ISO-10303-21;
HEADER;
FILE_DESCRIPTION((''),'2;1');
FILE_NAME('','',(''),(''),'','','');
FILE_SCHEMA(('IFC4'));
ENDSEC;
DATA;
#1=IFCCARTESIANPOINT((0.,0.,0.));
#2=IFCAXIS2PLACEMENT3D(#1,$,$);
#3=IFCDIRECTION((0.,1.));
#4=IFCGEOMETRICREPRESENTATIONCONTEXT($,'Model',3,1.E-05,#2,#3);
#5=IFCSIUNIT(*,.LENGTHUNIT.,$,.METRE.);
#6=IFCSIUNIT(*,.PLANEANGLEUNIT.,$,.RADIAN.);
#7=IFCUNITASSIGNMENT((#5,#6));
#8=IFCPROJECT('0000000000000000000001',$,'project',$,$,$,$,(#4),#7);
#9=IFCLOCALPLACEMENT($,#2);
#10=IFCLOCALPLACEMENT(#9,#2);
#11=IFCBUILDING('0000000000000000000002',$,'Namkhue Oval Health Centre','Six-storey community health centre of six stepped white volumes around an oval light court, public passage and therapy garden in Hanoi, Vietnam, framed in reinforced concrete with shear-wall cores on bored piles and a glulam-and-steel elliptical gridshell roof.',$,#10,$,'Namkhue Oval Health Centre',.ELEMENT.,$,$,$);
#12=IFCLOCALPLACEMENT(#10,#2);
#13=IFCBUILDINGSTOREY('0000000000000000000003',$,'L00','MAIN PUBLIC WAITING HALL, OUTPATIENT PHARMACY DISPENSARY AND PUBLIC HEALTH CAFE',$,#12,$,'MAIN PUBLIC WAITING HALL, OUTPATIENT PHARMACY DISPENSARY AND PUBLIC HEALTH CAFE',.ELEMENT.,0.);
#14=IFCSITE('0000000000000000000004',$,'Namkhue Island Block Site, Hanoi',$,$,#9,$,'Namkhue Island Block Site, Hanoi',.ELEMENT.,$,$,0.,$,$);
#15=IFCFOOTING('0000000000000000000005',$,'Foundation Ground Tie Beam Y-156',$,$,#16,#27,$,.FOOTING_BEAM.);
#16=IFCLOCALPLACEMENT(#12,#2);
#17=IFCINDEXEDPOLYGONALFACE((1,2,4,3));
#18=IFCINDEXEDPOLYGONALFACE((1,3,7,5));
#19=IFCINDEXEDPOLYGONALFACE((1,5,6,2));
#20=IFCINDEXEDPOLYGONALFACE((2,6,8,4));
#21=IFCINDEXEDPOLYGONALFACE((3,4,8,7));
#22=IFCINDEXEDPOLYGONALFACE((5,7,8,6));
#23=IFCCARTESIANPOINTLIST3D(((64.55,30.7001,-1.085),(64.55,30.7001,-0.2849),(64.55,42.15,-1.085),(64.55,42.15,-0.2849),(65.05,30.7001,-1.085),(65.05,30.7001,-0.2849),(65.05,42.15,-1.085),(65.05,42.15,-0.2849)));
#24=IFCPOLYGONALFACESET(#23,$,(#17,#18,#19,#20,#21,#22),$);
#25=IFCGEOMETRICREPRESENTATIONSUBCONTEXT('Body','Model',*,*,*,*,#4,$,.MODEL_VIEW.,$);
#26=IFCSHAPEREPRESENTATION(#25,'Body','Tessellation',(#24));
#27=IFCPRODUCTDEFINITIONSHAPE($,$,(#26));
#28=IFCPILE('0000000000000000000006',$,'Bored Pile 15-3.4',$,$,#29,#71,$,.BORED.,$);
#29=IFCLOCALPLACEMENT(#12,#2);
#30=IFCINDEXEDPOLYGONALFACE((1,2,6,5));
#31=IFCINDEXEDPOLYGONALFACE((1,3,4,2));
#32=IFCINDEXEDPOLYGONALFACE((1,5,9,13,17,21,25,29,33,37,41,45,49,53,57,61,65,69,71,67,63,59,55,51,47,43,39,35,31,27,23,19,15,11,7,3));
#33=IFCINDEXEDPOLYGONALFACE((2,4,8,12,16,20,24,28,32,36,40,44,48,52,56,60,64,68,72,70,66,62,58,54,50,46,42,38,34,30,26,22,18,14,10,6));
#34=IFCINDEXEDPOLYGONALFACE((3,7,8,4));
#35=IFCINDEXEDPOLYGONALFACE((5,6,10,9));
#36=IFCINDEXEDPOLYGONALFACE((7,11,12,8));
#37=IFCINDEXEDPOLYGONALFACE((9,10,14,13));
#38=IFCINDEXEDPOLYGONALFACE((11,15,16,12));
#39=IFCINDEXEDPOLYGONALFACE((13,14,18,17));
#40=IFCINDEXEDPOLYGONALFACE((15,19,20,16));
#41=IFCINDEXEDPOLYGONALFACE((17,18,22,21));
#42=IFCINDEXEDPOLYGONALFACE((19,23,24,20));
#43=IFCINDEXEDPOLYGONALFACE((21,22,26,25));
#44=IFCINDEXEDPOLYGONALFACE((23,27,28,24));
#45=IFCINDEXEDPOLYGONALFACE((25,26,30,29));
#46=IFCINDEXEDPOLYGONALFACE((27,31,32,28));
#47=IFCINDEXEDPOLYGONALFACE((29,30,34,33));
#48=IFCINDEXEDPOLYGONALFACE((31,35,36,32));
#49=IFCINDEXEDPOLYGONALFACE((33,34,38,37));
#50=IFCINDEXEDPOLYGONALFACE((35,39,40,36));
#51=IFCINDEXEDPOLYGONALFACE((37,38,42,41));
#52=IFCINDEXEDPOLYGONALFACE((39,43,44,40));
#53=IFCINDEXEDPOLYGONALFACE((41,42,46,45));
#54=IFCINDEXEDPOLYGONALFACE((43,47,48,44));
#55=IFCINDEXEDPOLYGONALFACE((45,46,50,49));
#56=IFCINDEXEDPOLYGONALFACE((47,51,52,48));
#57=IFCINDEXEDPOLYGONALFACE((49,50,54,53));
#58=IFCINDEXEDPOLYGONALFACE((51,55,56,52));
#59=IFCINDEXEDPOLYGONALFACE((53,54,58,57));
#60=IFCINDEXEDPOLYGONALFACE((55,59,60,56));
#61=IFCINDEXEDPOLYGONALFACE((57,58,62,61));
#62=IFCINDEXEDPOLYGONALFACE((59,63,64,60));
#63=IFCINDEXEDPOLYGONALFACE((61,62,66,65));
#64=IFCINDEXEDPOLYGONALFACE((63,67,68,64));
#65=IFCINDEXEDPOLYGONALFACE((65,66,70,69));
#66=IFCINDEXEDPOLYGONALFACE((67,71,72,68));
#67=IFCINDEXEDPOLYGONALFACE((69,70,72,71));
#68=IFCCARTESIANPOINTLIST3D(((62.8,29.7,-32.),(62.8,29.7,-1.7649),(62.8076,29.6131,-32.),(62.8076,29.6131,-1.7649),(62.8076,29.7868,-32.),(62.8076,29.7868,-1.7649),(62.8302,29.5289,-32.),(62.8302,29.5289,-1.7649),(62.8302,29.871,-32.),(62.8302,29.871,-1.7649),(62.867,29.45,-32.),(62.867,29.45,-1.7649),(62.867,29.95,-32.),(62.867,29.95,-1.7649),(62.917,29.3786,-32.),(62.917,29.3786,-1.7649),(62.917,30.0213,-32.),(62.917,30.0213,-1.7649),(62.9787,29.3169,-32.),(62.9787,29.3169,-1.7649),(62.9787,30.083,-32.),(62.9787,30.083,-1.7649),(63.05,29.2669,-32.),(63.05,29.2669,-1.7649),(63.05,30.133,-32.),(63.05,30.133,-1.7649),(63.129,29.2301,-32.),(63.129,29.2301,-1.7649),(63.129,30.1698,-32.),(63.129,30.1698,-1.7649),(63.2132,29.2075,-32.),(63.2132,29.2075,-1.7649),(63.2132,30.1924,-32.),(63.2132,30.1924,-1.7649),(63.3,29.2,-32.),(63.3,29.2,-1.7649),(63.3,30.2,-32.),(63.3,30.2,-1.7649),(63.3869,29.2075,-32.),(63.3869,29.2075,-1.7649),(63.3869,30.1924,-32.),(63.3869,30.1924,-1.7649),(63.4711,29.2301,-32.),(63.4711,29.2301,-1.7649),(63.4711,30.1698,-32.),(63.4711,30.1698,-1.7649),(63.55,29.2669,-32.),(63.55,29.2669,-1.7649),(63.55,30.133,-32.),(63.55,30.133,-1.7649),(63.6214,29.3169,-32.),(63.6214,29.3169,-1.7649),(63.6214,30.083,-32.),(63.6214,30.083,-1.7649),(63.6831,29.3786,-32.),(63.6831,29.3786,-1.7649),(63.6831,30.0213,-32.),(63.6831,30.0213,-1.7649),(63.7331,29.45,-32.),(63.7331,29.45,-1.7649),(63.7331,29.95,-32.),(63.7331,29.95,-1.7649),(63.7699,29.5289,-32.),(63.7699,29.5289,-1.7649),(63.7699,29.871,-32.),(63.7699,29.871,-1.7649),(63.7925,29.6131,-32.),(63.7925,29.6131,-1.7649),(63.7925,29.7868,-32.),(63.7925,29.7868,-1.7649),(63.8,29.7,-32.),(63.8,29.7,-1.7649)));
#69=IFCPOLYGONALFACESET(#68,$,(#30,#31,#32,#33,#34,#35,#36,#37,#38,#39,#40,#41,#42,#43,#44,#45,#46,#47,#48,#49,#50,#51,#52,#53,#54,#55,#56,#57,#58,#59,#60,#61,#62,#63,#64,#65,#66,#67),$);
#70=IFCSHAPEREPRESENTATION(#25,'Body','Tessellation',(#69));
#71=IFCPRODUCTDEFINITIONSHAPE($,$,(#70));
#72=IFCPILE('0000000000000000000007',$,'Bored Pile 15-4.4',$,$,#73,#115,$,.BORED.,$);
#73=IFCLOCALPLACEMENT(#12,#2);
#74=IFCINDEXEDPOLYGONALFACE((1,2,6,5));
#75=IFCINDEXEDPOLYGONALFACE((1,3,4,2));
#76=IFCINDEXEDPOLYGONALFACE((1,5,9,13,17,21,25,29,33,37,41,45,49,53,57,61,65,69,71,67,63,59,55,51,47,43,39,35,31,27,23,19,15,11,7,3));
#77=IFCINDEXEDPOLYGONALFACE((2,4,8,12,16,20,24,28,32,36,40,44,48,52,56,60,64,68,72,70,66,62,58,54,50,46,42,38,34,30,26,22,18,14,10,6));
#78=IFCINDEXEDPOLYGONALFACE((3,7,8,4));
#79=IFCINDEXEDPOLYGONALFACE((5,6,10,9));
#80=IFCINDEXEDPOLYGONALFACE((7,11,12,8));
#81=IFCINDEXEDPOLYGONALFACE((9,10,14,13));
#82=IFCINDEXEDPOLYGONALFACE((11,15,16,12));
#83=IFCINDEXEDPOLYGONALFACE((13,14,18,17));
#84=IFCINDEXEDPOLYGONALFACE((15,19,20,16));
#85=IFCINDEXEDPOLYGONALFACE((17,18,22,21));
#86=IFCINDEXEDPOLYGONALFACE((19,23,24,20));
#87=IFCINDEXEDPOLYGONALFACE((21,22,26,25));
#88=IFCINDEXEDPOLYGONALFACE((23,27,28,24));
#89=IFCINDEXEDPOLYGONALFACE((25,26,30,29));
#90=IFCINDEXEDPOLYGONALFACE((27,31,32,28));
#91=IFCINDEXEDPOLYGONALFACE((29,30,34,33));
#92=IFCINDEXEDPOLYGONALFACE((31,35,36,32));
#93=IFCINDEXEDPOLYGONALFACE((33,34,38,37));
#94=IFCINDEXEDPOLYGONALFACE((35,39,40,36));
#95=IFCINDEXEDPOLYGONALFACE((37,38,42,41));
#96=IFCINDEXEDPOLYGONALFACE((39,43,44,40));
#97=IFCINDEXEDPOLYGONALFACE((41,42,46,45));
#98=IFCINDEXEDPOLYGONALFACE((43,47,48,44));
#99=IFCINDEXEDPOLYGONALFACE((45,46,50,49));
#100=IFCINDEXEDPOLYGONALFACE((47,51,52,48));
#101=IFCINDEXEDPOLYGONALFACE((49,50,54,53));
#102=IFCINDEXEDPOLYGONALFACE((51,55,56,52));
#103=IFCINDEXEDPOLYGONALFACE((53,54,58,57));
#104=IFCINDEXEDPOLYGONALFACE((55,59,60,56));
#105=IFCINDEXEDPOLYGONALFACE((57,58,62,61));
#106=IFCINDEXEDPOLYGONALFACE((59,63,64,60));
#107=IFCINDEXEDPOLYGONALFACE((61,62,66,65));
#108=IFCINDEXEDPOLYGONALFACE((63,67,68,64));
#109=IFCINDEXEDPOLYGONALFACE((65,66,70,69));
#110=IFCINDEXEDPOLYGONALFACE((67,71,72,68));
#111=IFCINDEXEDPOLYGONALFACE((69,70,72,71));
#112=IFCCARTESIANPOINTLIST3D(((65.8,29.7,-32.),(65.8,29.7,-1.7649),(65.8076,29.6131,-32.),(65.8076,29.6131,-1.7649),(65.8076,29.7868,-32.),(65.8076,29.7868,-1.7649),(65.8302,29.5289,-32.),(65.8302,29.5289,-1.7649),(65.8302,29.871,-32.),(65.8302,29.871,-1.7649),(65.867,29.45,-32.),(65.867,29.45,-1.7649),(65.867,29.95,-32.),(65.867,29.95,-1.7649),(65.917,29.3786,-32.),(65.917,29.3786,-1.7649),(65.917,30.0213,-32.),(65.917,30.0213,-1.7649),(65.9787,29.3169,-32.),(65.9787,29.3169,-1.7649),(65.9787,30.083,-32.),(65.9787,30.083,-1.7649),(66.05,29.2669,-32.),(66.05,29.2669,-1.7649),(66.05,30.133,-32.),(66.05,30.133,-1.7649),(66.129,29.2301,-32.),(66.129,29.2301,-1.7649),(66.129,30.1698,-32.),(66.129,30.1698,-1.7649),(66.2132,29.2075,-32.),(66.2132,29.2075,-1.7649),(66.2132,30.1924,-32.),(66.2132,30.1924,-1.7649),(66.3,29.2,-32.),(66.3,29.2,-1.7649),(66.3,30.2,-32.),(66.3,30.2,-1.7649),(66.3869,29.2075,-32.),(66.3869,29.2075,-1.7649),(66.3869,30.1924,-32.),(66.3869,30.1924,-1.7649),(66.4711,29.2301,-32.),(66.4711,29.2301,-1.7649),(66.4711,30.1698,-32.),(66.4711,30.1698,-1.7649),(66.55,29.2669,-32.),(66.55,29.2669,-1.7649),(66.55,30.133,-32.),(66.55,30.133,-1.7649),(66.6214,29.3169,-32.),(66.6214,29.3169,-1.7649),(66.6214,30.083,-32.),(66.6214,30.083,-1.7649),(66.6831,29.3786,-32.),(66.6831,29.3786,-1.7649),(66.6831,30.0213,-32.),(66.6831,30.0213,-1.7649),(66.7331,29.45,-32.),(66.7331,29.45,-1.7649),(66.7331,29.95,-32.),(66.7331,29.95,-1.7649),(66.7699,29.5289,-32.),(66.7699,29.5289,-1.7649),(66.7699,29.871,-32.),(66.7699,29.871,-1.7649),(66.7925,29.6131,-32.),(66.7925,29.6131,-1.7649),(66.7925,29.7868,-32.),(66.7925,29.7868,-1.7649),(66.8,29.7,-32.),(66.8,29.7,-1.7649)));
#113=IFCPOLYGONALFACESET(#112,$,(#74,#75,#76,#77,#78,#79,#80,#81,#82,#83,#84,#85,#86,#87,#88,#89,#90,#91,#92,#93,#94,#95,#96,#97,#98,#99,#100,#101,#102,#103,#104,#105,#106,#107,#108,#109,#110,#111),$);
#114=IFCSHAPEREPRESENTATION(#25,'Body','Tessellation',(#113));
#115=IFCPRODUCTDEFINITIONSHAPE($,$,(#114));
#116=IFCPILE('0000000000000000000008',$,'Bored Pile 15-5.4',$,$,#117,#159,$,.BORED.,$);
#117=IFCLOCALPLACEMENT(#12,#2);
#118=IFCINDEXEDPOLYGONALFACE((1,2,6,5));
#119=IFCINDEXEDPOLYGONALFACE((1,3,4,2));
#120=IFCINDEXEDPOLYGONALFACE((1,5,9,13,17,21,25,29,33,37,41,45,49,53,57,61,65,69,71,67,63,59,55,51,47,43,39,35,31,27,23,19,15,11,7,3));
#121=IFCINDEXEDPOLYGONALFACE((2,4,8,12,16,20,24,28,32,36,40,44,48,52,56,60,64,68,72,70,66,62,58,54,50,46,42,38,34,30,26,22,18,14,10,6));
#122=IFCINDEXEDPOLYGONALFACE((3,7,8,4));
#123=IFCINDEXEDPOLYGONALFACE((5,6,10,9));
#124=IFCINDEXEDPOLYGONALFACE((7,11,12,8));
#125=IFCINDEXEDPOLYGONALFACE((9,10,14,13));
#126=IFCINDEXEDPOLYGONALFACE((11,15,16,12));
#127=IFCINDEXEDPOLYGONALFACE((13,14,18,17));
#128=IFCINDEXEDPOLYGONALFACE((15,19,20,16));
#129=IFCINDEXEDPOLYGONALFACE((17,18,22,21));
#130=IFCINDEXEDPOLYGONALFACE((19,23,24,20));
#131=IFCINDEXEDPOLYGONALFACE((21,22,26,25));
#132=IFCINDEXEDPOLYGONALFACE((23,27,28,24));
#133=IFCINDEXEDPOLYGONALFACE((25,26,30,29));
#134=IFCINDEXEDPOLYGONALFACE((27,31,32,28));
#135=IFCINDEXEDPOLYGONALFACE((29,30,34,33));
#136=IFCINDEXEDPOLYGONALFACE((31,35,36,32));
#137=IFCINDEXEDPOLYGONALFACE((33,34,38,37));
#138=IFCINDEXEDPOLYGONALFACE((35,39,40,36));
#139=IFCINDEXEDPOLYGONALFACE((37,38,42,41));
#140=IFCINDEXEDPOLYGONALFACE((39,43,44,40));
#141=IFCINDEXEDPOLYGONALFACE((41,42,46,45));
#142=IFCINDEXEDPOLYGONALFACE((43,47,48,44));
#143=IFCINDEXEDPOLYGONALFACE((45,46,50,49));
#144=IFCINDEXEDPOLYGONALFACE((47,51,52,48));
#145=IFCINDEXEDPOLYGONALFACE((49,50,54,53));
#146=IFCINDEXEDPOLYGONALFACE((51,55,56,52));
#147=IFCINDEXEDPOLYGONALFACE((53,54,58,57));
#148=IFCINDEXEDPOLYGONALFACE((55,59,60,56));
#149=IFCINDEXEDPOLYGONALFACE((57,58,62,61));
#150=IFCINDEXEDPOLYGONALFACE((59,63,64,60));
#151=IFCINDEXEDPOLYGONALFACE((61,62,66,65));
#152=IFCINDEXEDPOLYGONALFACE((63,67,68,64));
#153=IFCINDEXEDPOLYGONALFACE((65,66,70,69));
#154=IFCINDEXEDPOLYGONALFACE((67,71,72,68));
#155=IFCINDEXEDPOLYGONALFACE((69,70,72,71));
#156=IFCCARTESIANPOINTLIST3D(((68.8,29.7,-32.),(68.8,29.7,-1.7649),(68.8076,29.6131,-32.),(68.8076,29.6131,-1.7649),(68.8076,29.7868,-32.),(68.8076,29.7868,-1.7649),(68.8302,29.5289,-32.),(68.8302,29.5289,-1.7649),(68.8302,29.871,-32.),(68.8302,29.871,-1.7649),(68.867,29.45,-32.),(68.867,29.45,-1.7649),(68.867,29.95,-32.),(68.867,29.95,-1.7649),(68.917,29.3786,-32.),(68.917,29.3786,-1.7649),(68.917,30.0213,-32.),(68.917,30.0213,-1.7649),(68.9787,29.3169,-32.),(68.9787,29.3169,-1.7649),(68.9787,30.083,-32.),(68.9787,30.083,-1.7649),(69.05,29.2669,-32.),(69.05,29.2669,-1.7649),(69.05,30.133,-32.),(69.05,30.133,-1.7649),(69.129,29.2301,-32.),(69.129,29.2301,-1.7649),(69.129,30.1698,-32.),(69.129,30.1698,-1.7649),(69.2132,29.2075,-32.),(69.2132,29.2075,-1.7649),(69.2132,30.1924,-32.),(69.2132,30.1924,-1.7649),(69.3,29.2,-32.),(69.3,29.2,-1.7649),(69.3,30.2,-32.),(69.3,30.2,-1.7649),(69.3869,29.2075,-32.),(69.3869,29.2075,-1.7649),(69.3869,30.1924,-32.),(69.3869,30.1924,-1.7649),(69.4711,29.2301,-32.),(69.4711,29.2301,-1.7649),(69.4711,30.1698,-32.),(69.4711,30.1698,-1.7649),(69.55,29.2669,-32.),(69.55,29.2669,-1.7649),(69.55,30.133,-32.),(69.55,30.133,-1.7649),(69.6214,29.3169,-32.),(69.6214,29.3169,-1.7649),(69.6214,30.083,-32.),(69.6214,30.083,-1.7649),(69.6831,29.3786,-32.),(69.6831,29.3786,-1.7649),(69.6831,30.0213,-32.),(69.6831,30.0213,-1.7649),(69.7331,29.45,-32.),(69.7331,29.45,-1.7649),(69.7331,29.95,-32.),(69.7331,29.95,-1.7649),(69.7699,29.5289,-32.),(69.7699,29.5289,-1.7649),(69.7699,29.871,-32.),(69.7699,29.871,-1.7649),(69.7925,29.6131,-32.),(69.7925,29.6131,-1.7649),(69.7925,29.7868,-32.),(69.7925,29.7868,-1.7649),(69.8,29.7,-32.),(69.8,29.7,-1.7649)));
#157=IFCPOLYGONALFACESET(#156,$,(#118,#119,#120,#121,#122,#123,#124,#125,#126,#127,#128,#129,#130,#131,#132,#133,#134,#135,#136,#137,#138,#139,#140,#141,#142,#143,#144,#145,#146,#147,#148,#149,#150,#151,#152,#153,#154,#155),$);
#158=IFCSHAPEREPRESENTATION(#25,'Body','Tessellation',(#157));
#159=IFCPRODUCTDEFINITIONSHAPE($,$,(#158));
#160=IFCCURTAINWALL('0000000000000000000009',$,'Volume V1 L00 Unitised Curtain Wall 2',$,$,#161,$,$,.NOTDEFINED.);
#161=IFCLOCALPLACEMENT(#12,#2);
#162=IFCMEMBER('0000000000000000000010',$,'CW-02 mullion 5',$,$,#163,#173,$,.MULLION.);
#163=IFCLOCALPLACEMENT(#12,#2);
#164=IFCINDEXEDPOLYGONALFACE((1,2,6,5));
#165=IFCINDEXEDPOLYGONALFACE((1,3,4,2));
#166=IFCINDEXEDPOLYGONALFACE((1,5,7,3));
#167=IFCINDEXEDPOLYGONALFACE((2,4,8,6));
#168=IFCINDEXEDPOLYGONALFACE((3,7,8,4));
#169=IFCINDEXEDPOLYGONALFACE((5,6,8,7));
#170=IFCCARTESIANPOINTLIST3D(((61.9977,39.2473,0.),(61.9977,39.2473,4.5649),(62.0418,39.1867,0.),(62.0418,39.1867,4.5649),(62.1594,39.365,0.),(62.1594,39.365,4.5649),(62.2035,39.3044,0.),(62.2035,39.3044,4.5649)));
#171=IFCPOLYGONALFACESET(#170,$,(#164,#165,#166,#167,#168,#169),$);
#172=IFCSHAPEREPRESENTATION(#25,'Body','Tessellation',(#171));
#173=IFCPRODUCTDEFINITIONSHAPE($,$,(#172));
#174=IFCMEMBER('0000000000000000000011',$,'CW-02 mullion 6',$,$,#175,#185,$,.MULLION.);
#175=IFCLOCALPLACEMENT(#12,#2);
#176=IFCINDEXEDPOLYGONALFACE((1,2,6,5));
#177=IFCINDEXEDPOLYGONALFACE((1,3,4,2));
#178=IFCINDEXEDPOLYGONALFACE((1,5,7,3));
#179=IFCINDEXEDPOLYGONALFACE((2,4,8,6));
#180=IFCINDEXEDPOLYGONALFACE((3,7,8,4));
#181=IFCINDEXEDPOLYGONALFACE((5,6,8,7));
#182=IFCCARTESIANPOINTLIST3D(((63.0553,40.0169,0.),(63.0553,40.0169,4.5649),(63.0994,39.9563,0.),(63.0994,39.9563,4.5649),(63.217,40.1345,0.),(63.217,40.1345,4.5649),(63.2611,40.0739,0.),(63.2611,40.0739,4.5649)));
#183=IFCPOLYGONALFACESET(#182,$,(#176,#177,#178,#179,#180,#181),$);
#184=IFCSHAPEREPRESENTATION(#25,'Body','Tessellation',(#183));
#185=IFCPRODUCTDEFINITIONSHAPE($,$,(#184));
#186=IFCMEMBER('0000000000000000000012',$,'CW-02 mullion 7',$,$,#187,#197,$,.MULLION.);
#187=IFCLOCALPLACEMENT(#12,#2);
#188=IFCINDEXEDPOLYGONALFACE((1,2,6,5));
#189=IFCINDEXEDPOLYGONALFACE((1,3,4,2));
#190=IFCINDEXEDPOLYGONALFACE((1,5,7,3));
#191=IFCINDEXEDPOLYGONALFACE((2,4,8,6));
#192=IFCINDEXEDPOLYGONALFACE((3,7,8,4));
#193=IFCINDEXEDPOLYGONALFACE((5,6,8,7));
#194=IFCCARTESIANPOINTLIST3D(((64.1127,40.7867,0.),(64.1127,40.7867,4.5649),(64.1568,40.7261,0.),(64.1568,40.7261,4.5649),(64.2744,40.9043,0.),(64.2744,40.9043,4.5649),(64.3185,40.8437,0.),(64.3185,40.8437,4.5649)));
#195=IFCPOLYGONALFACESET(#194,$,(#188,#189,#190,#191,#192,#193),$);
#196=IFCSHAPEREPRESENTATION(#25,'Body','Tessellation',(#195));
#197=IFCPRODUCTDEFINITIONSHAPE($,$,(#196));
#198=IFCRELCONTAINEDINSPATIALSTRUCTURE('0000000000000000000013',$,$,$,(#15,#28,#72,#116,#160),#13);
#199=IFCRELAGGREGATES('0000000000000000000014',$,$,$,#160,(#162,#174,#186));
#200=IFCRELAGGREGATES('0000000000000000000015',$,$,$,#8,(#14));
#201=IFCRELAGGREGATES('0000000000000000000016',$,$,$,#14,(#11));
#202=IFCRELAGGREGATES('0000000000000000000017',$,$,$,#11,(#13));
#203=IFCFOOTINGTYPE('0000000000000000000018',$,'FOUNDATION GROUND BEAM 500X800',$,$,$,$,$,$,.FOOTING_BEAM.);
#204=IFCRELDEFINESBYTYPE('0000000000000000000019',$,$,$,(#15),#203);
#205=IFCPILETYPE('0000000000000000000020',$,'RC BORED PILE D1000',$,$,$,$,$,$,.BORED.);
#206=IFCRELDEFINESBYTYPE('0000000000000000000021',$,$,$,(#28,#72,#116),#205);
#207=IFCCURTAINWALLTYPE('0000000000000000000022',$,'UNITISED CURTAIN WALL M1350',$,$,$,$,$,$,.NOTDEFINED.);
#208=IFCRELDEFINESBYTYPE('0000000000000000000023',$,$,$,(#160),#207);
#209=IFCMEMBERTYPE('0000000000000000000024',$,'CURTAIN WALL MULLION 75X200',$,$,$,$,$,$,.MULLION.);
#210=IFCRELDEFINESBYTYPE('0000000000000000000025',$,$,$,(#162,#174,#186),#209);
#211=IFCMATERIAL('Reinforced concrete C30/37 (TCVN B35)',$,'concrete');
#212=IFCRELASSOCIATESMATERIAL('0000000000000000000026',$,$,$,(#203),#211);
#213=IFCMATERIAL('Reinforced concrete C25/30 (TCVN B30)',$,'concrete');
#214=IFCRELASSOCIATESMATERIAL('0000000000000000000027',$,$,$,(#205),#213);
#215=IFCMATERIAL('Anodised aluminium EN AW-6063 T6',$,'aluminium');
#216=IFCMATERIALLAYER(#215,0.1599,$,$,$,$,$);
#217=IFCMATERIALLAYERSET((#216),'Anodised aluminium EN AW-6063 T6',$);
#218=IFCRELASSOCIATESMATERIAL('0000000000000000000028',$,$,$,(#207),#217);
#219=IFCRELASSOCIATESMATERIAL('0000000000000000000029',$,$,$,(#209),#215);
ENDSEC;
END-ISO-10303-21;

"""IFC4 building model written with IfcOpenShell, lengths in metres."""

from ifc_helpers import new_model, si_unit, direction, frame, origin, origin_2d, place, context, subcontext, project, spatial, rectangle, circle, extrude, material, layer, layer_set, material_profile, profile_set, type_object, element, aggregate, save


model = new_model("IFC4")

# Units and contexts
model_context = context("Model", 3, precision=1e-05, world=origin(), true_north=direction((0.0, 1.0)))
body_context = subcontext(model_context, "Body", "Model", "MODEL_VIEW")
ifc_project = project(units=[si_unit("LENGTHUNIT", "METRE"), si_unit("PLANEANGLEUNIT", "RADIAN")], contexts=[model_context])

# Site, building, storey
site_placement = place(None, origin())
site = spatial("IfcSite", under=ifc_project, at=site_placement, Name="Namkhue Island Block Site, Hanoi", LongName="Namkhue Island Block Site, Hanoi", CompositionType="ELEMENT", RefElevation=0.0)
building_placement = place(site_placement, origin())
building = spatial("IfcBuilding", under=site, at=building_placement, Name="Namkhue Oval Health Centre", Description="Six-storey community health centre of six stepped white volumes around an oval light court, public passage and therapy garden in Hanoi, Vietnam, framed in reinforced concrete with shear-wall cores on bored piles and a glulam-and-steel elliptical gridshell roof.", LongName="Namkhue Oval Health Centre", CompositionType="ELEMENT")
storey_placement = place(building_placement, origin())
storey = spatial("IfcBuildingStorey", under=building, at=storey_placement, Name="L00", Description="MAIN PUBLIC WAITING HALL, OUTPATIENT PHARMACY DISPENSARY AND PUBLIC HEALTH CAFE", LongName="MAIN PUBLIC WAITING HALL, OUTPATIENT PHARMACY DISPENSARY AND PUBLIC HEALTH CAFE", CompositionType="ELEMENT", Elevation=0.0)

# Footing
ifc_material_1 = material(Name="Reinforced concrete C30/37 (TCVN B35)", Category="concrete")
footing_type = type_object("IfcFootingType", Name="FOUNDATION GROUND BEAM 500X800", PredefinedType="FOOTING_BEAM", material=ifc_material_1)
footing_placement = place(storey_placement, frame((64.8, 36.425, -1.085), z_axis=(0.0, 0.0, 1.0), x_axis=(0.0, 1.0, 0.0)))
element("IfcFooting", 1, at=footing_placement, inside=storey, type_object=footing_type, Name="Foundation Ground Tie Beam Y-156", PredefinedType="FOOTING_BEAM", context=body_context, shape_type="SweptSolid", body=[
    extrude(rectangle(XDim=11.45, YDim=0.5, at=origin_2d()), origin(), (0.0, 0.0, 1.0), 0.8),
])

# Piles
ifc_material_2 = material(Name="Reinforced concrete C25/30 (TCVN B30)", Category="concrete")
ifc_material_profile_1 = material_profile(ifc_material_2, circle(Radius=0.5, at=origin_2d()), Name="BORED PILE D1000")
ifc_profile_set_1 = profile_set([ifc_material_profile_1], Name="Reinforced concrete C25/30 (TCVN B30)")
pile_type = type_object("IfcPileType", Name="RC BORED PILE D1000", PredefinedType="BORED", material=ifc_profile_set_1)
for number, where, z_axis, x_axis, name in (
    (2, (63.3, 29.7, -1.7649), (0.0, 0.0, -1.0), (1.0, 0.0, 0.0), "Bored Pile 15-3.4"),
    (3, (66.3, 29.7, -1.7649), (0.0, 0.0, -1.0), (1.0, 0.0, 0.0), "Bored Pile 15-4.4"),
    (4, (69.3, 29.7, -1.7649), (0.0, 0.0, -1.0), (1.0, 0.0, 0.0), "Bored Pile 15-5.4"),
):
    element("IfcPile", number, at=place(storey_placement, frame(where, z_axis=z_axis, x_axis=x_axis)), inside=storey, type_object=pile_type, Name=name, PredefinedType="BORED", context=body_context, shape_type="SweptSolid", body=[
        extrude(circle(Radius=0.5, at=origin_2d()), origin(), (0.0, 0.0, 1.0), 30.2351),
    ])

# Curtain wall, members
ifc_material_3 = material(Name="Anodised aluminium EN AW-6063 T6", Category="aluminium")
ifc_layer_1 = layer(ifc_material_3, 0.1599)
ifc_layer_set_1 = layer_set([ifc_layer_1], Name="Anodised aluminium EN AW-6063 T6")
curtain_wall_type = type_object("IfcCurtainWallType", Name="UNITISED CURTAIN WALL M1350", PredefinedType="NOTDEFINED", material=ifc_layer_set_1)
curtain_wall_1_placement = place(storey_placement, origin())
curtain_wall_1 = element("IfcCurtainWall", 5, at=curtain_wall_1_placement, inside=storey, type_object=curtain_wall_type, Name="Volume V1 L00 Unitised Curtain Wall 2", PredefinedType="NOTDEFINED")
ifc_material_profile_2 = material_profile(ifc_material_3, rectangle(XDim=0.075, YDim=0.2, at=origin_2d()), Name="ALU 75x200")
ifc_profile_set_2 = profile_set([ifc_material_profile_2], Name="Anodised aluminium EN AW-6063 T6")
member_type_1 = type_object("IfcMemberType", Name="CURTAIN WALL MULLION 75X200", PredefinedType="MULLION", material=ifc_profile_set_2)
member_1_placement = place(storey_placement, frame((62.1006, 39.2759, 0.0), z_axis=(0.0, 0.0, 1.0), x_axis=(-0.588477, 0.808514, 0.0)))
member_1 = element("IfcMember", 6, at=member_1_placement, type_object=member_type_1, Name="CW-02 mullion 5", PredefinedType="MULLION", context=body_context, shape_type="SweptSolid", body=[
    extrude(rectangle(XDim=0.075, YDim=0.2, at=origin_2d()), origin(), (0.0, 0.0, 1.0), 4.5649),
])
member_2_placement = place(storey_placement, frame((63.1582, 40.0454, 0.0), z_axis=(0.0, 0.0, 1.0), x_axis=(-0.588477, 0.808514, 0.0)))
member_2 = element("IfcMember", 7, at=member_2_placement, type_object=member_type_1, Name="CW-02 mullion 6", PredefinedType="MULLION", context=body_context, shape_type="SweptSolid", body=[
    extrude(rectangle(XDim=0.075, YDim=0.2, at=origin_2d()), origin(), (0.0, 0.0, 1.0), 4.5649),
])
member_3_placement = place(storey_placement, frame((64.2156, 40.8152, 0.0), z_axis=(0.0, 0.0, 1.0), x_axis=(-0.588477, 0.808514, 0.0)))
member_3 = element("IfcMember", 8, at=member_3_placement, type_object=member_type_1, Name="CW-02 mullion 7", PredefinedType="MULLION", context=body_context, shape_type="SweptSolid", body=[
    extrude(rectangle(XDim=0.075, YDim=0.2, at=origin_2d()), origin(), (0.0, 0.0, 1.0), 4.5649),
])

aggregate(curtain_wall_1, [member_1, member_2, member_3])

save(model, "model.ifc")
